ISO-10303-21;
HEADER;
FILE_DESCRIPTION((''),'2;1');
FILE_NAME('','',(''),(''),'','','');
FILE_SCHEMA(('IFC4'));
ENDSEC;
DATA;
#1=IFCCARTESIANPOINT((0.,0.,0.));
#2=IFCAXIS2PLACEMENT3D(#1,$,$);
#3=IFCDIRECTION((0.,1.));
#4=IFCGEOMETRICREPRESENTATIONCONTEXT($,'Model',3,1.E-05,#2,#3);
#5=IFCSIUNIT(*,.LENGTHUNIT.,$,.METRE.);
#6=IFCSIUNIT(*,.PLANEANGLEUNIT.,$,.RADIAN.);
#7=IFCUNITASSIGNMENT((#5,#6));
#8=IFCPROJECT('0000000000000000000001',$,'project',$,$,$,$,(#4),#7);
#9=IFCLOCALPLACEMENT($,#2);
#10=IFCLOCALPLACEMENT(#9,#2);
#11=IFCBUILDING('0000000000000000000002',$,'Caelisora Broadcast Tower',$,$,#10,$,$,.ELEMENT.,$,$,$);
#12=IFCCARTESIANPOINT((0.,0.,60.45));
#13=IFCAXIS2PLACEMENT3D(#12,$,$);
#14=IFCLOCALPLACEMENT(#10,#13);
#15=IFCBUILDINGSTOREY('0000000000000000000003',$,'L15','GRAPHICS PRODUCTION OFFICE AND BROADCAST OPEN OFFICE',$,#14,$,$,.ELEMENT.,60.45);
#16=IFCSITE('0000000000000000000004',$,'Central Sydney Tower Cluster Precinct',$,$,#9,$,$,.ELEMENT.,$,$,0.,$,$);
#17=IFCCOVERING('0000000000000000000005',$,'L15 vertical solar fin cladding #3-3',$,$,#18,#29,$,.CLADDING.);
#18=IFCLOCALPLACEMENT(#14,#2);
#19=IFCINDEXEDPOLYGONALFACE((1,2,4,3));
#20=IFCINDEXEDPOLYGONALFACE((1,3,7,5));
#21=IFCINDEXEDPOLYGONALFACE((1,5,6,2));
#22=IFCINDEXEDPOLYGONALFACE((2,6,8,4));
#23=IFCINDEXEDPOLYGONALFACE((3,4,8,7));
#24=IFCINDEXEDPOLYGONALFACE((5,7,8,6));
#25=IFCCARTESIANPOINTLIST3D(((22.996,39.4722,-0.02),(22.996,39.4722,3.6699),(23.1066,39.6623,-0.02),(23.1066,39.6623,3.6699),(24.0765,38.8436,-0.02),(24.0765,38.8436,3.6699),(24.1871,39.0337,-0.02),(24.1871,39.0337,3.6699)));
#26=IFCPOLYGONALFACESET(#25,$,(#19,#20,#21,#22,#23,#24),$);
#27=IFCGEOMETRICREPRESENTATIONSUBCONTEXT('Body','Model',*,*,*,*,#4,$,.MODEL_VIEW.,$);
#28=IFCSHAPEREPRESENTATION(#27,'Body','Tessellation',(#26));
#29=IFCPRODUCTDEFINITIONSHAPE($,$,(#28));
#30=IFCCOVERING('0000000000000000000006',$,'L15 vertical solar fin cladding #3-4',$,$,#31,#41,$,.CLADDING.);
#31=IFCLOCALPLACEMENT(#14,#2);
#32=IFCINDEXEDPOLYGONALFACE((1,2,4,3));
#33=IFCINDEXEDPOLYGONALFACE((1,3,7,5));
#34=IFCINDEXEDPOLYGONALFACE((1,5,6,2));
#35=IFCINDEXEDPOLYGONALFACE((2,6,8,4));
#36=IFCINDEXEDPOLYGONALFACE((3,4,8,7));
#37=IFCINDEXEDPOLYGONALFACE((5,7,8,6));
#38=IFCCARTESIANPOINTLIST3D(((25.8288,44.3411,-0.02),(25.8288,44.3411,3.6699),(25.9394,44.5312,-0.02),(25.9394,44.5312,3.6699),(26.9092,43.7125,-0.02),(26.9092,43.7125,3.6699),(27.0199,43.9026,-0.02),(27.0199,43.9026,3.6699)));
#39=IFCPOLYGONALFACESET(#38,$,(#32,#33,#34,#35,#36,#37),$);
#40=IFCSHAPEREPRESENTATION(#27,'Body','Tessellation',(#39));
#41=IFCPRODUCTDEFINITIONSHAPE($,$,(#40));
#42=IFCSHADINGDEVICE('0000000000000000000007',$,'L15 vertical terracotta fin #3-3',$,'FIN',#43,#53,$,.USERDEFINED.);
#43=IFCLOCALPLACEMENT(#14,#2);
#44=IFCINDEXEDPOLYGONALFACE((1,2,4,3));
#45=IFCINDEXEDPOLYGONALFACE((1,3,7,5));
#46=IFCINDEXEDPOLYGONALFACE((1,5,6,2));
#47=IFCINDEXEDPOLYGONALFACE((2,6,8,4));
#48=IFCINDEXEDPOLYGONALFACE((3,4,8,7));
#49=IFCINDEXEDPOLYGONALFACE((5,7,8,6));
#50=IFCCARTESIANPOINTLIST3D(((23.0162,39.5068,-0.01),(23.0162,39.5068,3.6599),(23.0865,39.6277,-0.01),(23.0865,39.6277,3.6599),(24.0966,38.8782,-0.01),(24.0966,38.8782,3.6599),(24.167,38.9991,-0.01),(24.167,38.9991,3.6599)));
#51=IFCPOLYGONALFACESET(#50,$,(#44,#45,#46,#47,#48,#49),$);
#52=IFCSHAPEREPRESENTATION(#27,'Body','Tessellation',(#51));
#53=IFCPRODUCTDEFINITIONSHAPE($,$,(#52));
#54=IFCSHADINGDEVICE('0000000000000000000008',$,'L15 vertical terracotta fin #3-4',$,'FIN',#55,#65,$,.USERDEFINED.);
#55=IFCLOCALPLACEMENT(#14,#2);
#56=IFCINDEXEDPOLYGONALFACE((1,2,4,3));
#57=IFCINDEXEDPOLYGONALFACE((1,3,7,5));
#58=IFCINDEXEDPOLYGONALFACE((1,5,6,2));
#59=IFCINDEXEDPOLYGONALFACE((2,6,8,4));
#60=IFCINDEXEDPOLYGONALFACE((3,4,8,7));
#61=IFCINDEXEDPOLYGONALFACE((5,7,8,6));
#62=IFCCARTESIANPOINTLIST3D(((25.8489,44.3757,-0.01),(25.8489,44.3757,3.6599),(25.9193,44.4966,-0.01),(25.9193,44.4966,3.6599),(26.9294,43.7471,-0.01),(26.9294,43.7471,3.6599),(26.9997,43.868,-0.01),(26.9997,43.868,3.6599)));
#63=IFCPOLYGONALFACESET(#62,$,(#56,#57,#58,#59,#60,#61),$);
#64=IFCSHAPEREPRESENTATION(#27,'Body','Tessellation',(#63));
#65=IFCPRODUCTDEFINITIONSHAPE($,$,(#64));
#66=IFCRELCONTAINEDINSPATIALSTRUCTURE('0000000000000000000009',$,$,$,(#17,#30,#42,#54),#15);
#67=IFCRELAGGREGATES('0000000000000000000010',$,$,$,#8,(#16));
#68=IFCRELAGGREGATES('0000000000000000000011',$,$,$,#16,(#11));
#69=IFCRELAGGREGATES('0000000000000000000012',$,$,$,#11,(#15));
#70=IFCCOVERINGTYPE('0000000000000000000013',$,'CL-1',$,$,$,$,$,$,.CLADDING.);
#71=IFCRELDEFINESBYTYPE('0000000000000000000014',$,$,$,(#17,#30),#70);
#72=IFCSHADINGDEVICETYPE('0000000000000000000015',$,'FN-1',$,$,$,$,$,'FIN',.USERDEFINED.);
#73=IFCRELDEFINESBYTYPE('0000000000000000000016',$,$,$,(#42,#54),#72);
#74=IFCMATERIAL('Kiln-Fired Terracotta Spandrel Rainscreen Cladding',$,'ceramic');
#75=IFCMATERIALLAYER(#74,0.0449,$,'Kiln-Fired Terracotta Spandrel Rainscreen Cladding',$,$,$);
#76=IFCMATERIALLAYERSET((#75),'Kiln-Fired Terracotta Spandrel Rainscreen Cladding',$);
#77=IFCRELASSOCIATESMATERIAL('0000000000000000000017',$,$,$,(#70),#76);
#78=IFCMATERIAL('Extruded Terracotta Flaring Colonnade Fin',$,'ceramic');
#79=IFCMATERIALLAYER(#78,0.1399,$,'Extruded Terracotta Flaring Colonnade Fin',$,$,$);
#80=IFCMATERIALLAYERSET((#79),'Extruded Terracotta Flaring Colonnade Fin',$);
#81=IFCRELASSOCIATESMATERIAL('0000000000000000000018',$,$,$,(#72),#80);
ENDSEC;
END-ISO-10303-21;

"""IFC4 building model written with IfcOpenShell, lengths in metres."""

from ifc_helpers import new_model, si_unit, direction, frame, origin, origin_2d, place, context, subcontext, project, spatial, rectangle, extrude, source, transform, mapped, material, layer, layer_set, type_object, type_shapes, element, save


model = new_model("IFC4")

# Units and contexts
model_context = context("Model", 3, precision=1e-05, world=origin(), true_north=direction((0.0, 1.0)))
body_context = subcontext(model_context, "Body", "Model", "MODEL_VIEW")
ifc_project = project(units=[si_unit("LENGTHUNIT", "METRE"), si_unit("PLANEANGLEUNIT", "RADIAN")], contexts=[model_context])

# Site, building, storey
site_placement = place(None, origin())
site = spatial("IfcSite", under=ifc_project, at=site_placement, Name="Central Sydney Tower Cluster Precinct", CompositionType="ELEMENT", RefElevation=0.0)
building_placement = place(site_placement, origin())
building = spatial("IfcBuilding", under=site, at=building_placement, Name="Caelisora Broadcast Tower", CompositionType="ELEMENT")
storey_placement = place(building_placement, frame((0.0, 0.0, 60.45)))
storey = spatial("IfcBuildingStorey", under=building, at=storey_placement, Name="L15", Description="GRAPHICS PRODUCTION OFFICE AND BROADCAST OPEN OFFICE", CompositionType="ELEMENT", Elevation=60.45)

# Coverings
ifc_material_1 = material(Name="Kiln-Fired Terracotta Spandrel Rainscreen Cladding", Category="ceramic")
ifc_layer_1 = layer(ifc_material_1, 0.0449, Name="Kiln-Fired Terracotta Spandrel Rainscreen Cladding")
ifc_layer_set_1 = layer_set([ifc_layer_1], Name="Kiln-Fired Terracotta Spandrel Rainscreen Cladding")
covering_type = type_object("IfcCoveringType", Name="CL-1", PredefinedType="CLADDING", material=ifc_layer_set_1)
shared_shape_1 = source(origin(), body_context, "Body", "SweptSolid", [
    extrude(rectangle(XDim=0.22, YDim=1.25, at=origin_2d()), origin(), (0.0, 0.0, 1.0), 3.6899),
])
type_shapes(covering_type, [shared_shape_1])
for number, where, z_axis, x_axis, name in (
    (1, (23.5916, 39.2529, -0.02), (0.0, 0.0, 1.0), (0.502869, 0.864363, 0.0), "L15 vertical solar fin cladding #3-3"),
    (2, (26.4243, 44.1218, -0.02), (0.0, 0.0, 1.0), (0.502869, 0.864363, 0.0), "L15 vertical solar fin cladding #3-4"),
):
    element("IfcCovering", number, at=place(storey_placement, frame(where, z_axis=z_axis, x_axis=x_axis)), inside=storey, type_object=covering_type, Name=name, PredefinedType="CLADDING", context=body_context, shape_type="MappedRepresentation", body=[
        mapped(shared_shape_1, transform((0.0, 0.0, 0.0), scale=1.0)),
    ])

# Shading devices
ifc_material_2 = material(Name="Extruded Terracotta Flaring Colonnade Fin", Category="ceramic")
ifc_layer_2 = layer(ifc_material_2, 0.1399, Name="Extruded Terracotta Flaring Colonnade Fin")
ifc_layer_set_2 = layer_set([ifc_layer_2], Name="Extruded Terracotta Flaring Colonnade Fin")
shading_device_type = type_object("IfcShadingDeviceType", Name="FN-1", ElementType="FIN", PredefinedType="USERDEFINED", material=ifc_layer_set_2)
shared_shape_2 = source(origin(), body_context, "Body", "SweptSolid", [
    extrude(rectangle(XDim=0.1399, YDim=1.25, at=origin_2d()), origin(), (0.0, 0.0, 1.0), 3.6699),
])
type_shapes(shading_device_type, [shared_shape_2])
for number, where, z_axis, x_axis, name in (
    (3, (23.5916, 39.2529, -0.01), (0.0, 0.0, 1.0), (0.502869, 0.864363, 0.0), "L15 vertical terracotta fin #3-3"),
    (4, (26.4243, 44.1218, -0.01), (0.0, 0.0, 1.0), (0.502869, 0.864363, 0.0), "L15 vertical terracotta fin #3-4"),
):
    element("IfcShadingDevice", number, at=place(storey_placement, frame(where, z_axis=z_axis, x_axis=x_axis)), inside=storey, type_object=shading_device_type, Name=name, ObjectType="FIN", PredefinedType="USERDEFINED", context=body_context, shape_type="MappedRepresentation", body=[
        mapped(shared_shape_2, transform((0.0, 0.0, 0.0), scale=1.0)),
    ])

save(model, "model.ifc")
